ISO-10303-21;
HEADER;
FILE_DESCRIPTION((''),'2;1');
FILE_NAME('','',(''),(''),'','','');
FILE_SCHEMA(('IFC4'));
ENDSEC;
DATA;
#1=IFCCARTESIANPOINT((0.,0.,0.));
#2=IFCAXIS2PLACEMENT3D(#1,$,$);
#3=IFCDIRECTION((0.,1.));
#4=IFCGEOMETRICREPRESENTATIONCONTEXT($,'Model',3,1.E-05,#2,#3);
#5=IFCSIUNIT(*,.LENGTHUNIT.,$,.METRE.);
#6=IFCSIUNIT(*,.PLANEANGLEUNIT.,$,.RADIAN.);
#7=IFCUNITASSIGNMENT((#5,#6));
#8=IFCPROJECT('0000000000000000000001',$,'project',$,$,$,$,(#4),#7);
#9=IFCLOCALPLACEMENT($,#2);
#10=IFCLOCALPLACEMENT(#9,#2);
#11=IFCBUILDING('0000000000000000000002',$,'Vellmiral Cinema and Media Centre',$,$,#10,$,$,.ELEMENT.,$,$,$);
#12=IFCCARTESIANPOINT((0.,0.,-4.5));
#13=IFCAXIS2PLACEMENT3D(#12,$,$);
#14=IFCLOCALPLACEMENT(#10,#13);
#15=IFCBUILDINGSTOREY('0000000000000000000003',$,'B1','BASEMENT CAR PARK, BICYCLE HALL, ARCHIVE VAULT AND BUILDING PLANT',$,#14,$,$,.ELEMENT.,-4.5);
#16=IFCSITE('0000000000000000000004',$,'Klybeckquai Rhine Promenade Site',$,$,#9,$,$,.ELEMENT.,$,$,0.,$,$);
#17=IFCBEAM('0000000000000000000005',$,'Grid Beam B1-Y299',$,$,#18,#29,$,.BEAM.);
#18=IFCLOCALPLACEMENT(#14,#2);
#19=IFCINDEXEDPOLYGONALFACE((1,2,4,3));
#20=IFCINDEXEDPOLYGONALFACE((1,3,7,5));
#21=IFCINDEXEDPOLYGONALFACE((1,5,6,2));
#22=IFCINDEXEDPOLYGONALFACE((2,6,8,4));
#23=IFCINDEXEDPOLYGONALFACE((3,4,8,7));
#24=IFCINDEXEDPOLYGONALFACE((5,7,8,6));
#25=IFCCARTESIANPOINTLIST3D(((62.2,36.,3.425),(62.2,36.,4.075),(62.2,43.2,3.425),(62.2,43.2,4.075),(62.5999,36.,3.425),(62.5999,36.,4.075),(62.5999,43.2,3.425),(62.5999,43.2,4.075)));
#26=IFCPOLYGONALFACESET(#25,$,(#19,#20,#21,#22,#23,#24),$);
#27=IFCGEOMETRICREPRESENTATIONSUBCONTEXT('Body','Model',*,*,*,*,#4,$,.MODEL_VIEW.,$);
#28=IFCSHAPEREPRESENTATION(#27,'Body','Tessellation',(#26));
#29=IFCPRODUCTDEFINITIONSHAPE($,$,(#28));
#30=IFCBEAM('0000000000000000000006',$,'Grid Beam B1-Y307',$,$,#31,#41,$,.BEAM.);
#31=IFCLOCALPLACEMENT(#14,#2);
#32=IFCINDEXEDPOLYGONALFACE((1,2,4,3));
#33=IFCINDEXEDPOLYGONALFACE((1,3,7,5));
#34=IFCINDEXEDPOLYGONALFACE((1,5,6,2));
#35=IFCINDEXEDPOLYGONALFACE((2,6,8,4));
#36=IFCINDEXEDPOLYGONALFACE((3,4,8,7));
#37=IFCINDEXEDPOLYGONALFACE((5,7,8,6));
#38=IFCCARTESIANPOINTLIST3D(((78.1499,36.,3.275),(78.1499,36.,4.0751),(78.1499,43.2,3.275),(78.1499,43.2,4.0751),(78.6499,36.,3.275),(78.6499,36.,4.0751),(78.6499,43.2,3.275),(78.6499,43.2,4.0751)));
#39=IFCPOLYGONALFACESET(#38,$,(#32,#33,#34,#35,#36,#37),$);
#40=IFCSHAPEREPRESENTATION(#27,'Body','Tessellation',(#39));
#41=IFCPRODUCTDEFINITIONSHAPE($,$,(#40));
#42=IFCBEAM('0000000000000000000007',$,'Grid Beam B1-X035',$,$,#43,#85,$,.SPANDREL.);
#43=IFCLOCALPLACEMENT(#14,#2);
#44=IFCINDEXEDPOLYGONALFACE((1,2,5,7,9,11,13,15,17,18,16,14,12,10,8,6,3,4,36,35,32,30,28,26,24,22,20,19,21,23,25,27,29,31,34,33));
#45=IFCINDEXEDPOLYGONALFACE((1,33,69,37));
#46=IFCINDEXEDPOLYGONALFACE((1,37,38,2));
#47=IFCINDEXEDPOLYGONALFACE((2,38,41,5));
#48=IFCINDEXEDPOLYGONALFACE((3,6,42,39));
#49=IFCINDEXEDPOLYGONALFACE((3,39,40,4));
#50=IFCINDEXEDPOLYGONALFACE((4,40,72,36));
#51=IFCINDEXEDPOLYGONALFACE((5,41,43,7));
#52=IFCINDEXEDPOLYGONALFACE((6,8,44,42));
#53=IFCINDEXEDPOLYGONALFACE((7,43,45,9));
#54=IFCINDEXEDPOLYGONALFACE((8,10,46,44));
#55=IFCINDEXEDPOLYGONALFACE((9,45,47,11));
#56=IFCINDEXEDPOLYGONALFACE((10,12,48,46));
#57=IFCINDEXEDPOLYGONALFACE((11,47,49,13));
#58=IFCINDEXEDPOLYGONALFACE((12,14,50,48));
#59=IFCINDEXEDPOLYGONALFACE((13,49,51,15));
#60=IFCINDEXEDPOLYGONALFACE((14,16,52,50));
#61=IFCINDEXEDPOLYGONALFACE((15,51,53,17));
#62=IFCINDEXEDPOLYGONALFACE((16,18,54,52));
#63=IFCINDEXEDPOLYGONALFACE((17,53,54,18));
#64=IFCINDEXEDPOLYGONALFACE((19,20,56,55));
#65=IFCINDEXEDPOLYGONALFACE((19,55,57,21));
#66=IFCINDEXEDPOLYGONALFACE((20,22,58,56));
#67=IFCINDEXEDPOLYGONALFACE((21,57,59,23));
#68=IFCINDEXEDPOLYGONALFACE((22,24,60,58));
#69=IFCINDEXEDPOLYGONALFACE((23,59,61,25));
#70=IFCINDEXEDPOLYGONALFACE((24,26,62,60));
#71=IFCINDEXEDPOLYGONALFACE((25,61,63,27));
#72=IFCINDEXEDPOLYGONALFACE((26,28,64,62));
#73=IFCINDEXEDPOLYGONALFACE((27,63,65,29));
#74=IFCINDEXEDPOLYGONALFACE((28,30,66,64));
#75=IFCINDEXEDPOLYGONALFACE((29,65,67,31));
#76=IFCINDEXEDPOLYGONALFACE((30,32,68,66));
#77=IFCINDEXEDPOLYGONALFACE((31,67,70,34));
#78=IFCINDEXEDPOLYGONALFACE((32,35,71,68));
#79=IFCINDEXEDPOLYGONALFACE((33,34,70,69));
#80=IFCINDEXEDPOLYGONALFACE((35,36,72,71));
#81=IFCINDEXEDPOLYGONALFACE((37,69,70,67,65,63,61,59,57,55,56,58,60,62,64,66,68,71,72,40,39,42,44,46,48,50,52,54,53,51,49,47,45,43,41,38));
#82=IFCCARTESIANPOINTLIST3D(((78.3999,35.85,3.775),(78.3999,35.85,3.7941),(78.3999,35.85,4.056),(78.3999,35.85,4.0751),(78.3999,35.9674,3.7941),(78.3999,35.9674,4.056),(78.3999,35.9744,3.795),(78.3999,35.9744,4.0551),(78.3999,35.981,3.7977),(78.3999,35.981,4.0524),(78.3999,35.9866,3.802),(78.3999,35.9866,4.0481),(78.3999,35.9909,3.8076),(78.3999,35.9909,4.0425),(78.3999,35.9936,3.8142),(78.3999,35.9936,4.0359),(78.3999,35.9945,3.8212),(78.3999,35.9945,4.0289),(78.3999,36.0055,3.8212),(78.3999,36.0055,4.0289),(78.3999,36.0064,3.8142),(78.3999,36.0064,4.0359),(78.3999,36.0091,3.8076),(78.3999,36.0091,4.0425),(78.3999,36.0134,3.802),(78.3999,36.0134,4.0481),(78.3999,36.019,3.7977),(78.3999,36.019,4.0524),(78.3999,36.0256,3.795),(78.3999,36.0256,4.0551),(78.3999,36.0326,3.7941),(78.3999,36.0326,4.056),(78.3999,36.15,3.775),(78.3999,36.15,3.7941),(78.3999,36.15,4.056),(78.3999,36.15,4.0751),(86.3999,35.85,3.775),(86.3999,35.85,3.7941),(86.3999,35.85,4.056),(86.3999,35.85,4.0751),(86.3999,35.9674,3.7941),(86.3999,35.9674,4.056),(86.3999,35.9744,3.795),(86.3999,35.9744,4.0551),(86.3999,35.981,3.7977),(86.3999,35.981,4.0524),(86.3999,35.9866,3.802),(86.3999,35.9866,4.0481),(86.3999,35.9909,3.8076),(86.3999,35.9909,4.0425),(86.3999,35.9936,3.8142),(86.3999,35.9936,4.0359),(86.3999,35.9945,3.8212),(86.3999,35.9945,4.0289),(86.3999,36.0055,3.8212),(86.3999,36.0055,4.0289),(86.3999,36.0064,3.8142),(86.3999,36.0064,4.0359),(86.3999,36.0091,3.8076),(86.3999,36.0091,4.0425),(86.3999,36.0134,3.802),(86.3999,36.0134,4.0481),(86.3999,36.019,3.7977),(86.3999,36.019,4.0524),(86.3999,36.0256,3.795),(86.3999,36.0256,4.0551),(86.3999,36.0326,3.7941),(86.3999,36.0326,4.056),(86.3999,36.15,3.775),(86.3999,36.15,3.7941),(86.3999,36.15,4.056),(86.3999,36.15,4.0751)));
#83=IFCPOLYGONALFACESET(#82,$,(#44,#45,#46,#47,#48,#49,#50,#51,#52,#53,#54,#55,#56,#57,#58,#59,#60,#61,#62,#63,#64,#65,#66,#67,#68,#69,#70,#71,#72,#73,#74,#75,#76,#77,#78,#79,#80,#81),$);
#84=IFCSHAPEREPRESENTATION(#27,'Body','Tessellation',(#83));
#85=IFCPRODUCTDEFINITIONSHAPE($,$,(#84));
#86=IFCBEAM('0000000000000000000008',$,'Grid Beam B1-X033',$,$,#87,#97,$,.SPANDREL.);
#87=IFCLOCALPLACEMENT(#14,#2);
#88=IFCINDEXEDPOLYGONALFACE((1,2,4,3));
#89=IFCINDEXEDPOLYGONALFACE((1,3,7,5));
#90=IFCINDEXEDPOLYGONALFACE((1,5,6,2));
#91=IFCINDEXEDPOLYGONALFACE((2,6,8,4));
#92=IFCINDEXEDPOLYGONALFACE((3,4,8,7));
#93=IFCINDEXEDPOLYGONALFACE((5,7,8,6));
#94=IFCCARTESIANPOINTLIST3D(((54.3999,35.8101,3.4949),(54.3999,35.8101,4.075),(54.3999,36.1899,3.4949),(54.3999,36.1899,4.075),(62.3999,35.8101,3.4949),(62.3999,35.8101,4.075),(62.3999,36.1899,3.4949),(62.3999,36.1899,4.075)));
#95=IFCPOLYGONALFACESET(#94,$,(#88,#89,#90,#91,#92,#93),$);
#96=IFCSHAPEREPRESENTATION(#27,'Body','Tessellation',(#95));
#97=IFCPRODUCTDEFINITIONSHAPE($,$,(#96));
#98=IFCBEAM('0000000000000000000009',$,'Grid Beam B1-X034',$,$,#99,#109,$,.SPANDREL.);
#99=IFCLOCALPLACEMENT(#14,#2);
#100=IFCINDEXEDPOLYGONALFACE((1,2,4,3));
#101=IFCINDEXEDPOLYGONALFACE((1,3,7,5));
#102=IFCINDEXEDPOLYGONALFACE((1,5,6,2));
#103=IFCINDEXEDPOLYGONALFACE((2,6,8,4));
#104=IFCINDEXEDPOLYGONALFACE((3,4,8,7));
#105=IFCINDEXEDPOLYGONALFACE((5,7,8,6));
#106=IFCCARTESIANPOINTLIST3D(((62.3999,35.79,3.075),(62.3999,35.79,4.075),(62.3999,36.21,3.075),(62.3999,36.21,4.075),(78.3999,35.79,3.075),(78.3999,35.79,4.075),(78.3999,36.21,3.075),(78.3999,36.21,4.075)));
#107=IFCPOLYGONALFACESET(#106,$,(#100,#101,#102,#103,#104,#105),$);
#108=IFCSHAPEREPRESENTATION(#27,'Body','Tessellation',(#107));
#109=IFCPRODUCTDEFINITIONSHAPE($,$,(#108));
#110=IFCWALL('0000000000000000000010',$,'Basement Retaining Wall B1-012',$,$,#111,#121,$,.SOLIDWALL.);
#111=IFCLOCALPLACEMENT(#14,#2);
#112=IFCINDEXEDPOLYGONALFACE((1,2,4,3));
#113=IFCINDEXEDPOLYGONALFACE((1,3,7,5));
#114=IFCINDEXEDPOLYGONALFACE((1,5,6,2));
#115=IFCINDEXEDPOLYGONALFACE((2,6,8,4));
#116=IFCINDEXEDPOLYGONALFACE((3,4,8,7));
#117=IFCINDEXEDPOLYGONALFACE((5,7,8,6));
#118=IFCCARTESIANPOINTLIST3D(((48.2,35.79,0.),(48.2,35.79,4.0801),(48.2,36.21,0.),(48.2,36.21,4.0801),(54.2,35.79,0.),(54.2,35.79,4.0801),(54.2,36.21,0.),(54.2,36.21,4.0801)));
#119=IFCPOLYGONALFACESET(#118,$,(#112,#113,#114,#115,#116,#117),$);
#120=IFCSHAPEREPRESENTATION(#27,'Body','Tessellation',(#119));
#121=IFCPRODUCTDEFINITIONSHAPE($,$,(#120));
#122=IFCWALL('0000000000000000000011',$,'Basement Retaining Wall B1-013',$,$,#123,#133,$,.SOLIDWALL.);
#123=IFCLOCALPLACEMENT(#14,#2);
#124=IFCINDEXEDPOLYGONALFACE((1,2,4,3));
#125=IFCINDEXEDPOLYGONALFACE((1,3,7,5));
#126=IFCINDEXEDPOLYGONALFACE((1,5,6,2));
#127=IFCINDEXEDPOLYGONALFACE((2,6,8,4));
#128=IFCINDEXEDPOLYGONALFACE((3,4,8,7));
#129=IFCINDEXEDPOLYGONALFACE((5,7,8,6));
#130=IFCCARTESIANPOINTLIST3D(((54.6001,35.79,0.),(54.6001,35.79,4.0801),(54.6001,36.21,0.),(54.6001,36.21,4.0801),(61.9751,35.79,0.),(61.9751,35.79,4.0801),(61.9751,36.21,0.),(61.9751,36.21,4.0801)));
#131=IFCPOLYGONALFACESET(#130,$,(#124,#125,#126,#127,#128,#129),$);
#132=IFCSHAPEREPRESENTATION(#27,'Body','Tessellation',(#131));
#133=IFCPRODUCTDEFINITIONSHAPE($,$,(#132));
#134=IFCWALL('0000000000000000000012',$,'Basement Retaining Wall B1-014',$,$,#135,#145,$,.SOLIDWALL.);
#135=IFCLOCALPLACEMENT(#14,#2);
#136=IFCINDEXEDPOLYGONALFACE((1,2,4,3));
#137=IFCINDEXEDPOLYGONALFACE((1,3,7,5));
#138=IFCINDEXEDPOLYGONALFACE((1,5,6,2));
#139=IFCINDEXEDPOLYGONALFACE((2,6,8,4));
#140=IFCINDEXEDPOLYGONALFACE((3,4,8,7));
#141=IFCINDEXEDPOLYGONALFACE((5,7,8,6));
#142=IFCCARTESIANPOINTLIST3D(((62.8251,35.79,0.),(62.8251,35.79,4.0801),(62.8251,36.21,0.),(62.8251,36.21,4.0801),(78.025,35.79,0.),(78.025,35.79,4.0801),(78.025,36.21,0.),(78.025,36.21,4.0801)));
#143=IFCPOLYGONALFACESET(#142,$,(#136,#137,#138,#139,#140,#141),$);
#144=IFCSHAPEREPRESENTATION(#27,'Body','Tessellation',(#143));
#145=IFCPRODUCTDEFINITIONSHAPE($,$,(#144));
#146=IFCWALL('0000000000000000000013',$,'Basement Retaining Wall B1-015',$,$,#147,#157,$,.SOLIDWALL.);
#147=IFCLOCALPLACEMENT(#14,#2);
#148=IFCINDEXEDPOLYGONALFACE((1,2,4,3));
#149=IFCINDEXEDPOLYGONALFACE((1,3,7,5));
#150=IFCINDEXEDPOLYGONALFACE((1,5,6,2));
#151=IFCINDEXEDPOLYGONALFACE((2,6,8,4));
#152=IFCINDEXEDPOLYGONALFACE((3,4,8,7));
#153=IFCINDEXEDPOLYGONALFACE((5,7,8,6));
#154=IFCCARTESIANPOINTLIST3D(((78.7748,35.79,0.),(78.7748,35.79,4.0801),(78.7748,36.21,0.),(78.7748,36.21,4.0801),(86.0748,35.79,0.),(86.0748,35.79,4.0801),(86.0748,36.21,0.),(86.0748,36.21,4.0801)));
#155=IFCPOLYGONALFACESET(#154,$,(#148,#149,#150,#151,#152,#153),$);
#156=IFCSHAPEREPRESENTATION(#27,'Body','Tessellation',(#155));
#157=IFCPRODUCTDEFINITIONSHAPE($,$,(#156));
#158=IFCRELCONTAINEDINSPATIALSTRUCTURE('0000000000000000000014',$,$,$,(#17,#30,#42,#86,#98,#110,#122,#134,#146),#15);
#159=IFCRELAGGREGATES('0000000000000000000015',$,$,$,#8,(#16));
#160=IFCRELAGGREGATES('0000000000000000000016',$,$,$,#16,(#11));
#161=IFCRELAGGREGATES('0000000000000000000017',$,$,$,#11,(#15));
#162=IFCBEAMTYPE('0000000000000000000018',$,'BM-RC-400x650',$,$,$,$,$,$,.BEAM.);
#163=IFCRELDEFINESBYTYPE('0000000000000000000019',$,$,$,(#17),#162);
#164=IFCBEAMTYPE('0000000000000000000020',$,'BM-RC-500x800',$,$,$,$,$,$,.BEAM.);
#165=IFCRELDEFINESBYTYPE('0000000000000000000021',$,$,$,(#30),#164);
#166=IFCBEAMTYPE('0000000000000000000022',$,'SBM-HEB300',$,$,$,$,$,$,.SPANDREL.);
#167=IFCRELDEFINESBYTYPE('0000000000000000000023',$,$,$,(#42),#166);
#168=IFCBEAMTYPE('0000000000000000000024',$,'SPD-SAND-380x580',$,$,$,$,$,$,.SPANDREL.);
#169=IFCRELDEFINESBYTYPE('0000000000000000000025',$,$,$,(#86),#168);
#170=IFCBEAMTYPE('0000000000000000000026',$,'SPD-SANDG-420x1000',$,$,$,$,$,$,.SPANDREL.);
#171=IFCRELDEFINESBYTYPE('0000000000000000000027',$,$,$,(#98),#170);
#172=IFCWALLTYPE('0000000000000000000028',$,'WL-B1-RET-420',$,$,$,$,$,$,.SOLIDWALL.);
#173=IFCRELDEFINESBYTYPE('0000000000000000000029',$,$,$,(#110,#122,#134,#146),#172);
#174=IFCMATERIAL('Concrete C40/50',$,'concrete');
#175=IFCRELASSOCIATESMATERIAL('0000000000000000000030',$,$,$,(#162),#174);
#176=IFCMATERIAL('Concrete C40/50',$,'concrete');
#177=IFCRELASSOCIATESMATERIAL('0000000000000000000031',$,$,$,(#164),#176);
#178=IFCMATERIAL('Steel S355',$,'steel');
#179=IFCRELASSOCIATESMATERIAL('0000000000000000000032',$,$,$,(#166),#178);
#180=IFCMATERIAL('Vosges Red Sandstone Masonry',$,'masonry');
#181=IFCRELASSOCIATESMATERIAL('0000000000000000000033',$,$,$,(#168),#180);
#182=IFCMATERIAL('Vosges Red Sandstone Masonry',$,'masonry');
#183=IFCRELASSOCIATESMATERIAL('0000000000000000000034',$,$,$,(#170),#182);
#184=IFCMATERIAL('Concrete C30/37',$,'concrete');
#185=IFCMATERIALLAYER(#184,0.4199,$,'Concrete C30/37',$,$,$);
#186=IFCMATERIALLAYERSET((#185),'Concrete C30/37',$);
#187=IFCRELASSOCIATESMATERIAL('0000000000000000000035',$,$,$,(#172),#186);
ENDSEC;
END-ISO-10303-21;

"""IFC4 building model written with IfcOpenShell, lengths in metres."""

from ifc_helpers import new_model, si_unit, direction, frame, frame_2d, origin, origin_2d, place, context, subcontext, project, spatial, rectangle, i_section, extrude, material, layer, layer_set, material_profile, profile_set, type_object, element, save


model = new_model("IFC4")

# Units and contexts
model_context = context("Model", 3, precision=1e-05, world=origin(), true_north=direction((0.0, 1.0)))
body_context = subcontext(model_context, "Body", "Model", "MODEL_VIEW")
ifc_project = project(units=[si_unit("LENGTHUNIT", "METRE"), si_unit("PLANEANGLEUNIT", "RADIAN")], contexts=[model_context])

# Site, building, storey
site_placement = place(None, origin())
site = spatial("IfcSite", under=ifc_project, at=site_placement, Name="Klybeckquai Rhine Promenade Site", CompositionType="ELEMENT", RefElevation=0.0)
building_placement = place(site_placement, origin())
building = spatial("IfcBuilding", under=site, at=building_placement, Name="Vellmiral Cinema and Media Centre", CompositionType="ELEMENT")
storey_placement = place(building_placement, frame((0.0, 0.0, -4.5)))
storey = spatial("IfcBuildingStorey", under=building, at=storey_placement, Name="B1", Description="BASEMENT CAR PARK, BICYCLE HALL, ARCHIVE VAULT AND BUILDING PLANT", CompositionType="ELEMENT", Elevation=-4.5)

# Beams
ifc_material_1 = material(Name="Concrete C40/50", Category="concrete")
ifc_material_profile_1 = material_profile(ifc_material_1, rectangle(XDim=0.3999, YDim=0.6499, at=origin_2d()), Name="RC 400x650")
ifc_profile_set_1 = profile_set([ifc_material_profile_1], Name="Concrete C40/50")
beam_type_1 = type_object("IfcBeamType", Name="BM-RC-400x650", PredefinedType="BEAM", material=ifc_profile_set_1)
beam_1_placement = place(storey_placement, frame((62.3999, 36.0, 3.75), z_axis=(0.0, 1.0, 0.0), x_axis=(-1.0, 0.0, 0.0)))
element("IfcBeam", 1, at=beam_1_placement, inside=storey, type_object=beam_type_1, Name="Grid Beam B1-Y299", PredefinedType="BEAM", context=body_context, shape_type="SweptSolid", body=[
    extrude(rectangle(XDim=0.3999, YDim=0.6499, at=origin_2d()), origin(), (0.0, 0.0, 1.0), 7.2),
])
ifc_material_2 = material(Name="Concrete C40/50", Category="concrete")
ifc_material_profile_2 = material_profile(ifc_material_2, rectangle(XDim=0.5, YDim=0.8, at=origin_2d()), Name="RC 500x800")
ifc_profile_set_2 = profile_set([ifc_material_profile_2], Name="Concrete C40/50")
beam_type_2 = type_object("IfcBeamType", Name="BM-RC-500x800", PredefinedType="BEAM", material=ifc_profile_set_2)
beam_2_placement = place(storey_placement, frame((78.3999, 36.0, 3.675), z_axis=(0.0, 1.0, 0.0), x_axis=(-1.0, 0.0, 0.0)))
element("IfcBeam", 2, at=beam_2_placement, inside=storey, type_object=beam_type_2, Name="Grid Beam B1-Y307", PredefinedType="BEAM", context=body_context, shape_type="SweptSolid", body=[
    extrude(rectangle(XDim=0.5, YDim=0.8, at=origin_2d()), origin(), (0.0, 0.0, 1.0), 7.2),
])
ifc_material_3 = material(Name="Steel S355", Category="steel")
ifc_material_profile_3 = material_profile(ifc_material_3, i_section(OverallWidth=0.3, OverallDepth=0.3, WebThickness=0.011, FlangeThickness=0.019, FilletRadius=0.0271, at=origin_2d()), Name="HEB 300")
ifc_profile_set_3 = profile_set([ifc_material_profile_3], Name="Steel S355")
beam_type_3 = type_object("IfcBeamType", Name="SBM-HEB300", PredefinedType="SPANDREL", material=ifc_profile_set_3)
beam_3_placement = place(storey_placement, frame((78.3999, 36.0, 3.925), z_axis=(1.0, 0.0, 0.0), x_axis=(0.0, 1.0, 0.0)))
element("IfcBeam", 3, at=beam_3_placement, inside=storey, type_object=beam_type_3, Name="Grid Beam B1-X035", PredefinedType="SPANDREL", context=body_context, shape_type="SweptSolid", body=[
    extrude(i_section(OverallWidth=0.3, OverallDepth=0.3, WebThickness=0.011, FlangeThickness=0.019, FilletRadius=0.0271, at=origin_2d()), origin(), (0.0, 0.0, 1.0), 8.0),
])
ifc_material_4 = material(Name="Vosges Red Sandstone Masonry", Category="masonry")
ifc_material_profile_4 = material_profile(ifc_material_4, rectangle(XDim=0.3799, YDim=0.5801, at=origin_2d()), Name="SAND 380x580")
ifc_profile_set_4 = profile_set([ifc_material_profile_4], Name="Vosges Red Sandstone Masonry")
beam_type_4 = type_object("IfcBeamType", Name="SPD-SAND-380x580", PredefinedType="SPANDREL", material=ifc_profile_set_4)
beam_4_placement = place(storey_placement, frame((54.3999, 36.0, 3.7849), z_axis=(1.0, 0.0, 0.0), x_axis=(0.0, 1.0, 0.0)))
element("IfcBeam", 4, at=beam_4_placement, inside=storey, type_object=beam_type_4, Name="Grid Beam B1-X033", PredefinedType="SPANDREL", context=body_context, shape_type="SweptSolid", body=[
    extrude(rectangle(XDim=0.3799, YDim=0.5801, at=origin_2d()), origin(), (0.0, 0.0, 1.0), 8.0),
])
ifc_material_5 = material(Name="Vosges Red Sandstone Masonry", Category="masonry")
ifc_material_profile_5 = material_profile(ifc_material_5, rectangle(XDim=0.4199, YDim=1.0, at=origin_2d()), Name="SAND 420x1000")
ifc_profile_set_5 = profile_set([ifc_material_profile_5], Name="Vosges Red Sandstone Masonry")
beam_type_5 = type_object("IfcBeamType", Name="SPD-SANDG-420x1000", PredefinedType="SPANDREL", material=ifc_profile_set_5)
beam_5_placement = place(storey_placement, frame((62.3999, 36.0, 3.575), z_axis=(1.0, 0.0, 0.0), x_axis=(0.0, 1.0, 0.0)))
element("IfcBeam", 5, at=beam_5_placement, inside=storey, type_object=beam_type_5, Name="Grid Beam B1-X034", PredefinedType="SPANDREL", context=body_context, shape_type="SweptSolid", body=[
    extrude(rectangle(XDim=0.4199, YDim=1.0, at=origin_2d()), origin(), (0.0, 0.0, 1.0), 16.0),
])

# Walls
ifc_material_6 = material(Name="Concrete C30/37", Category="concrete")
ifc_layer = layer(ifc_material_6, 0.4199, Name="Concrete C30/37")
ifc_layer_set = layer_set([ifc_layer], Name="Concrete C30/37")
wall_type = type_object("IfcWallType", Name="WL-B1-RET-420", PredefinedType="SOLIDWALL", material=ifc_layer_set)
wall_1_placement = place(storey_placement, frame((48.2, 36.0, 0.0), z_axis=(0.0, 0.0, 1.0), x_axis=(1.0, 0.0, 0.0)))
element("IfcWall", 6, at=wall_1_placement, inside=storey, type_object=wall_type, Name="Basement Retaining Wall B1-012", PredefinedType="SOLIDWALL", context=body_context, shape_type="SweptSolid", body=[
    extrude(rectangle(XDim=6.0, YDim=0.4199, at=frame_2d((3.0, 0.0))), origin(), (0.0, 0.0, 1.0), 4.0801),
])
wall_2_placement = place(storey_placement, frame((54.6001, 36.0, 0.0), z_axis=(0.0, 0.0, 1.0), x_axis=(1.0, 0.0, 0.0)))
element("IfcWall", 7, at=wall_2_placement, inside=storey, type_object=wall_type, Name="Basement Retaining Wall B1-013", PredefinedType="SOLIDWALL", context=body_context, shape_type="SweptSolid", body=[
    extrude(rectangle(XDim=7.375, YDim=0.4199, at=frame_2d((3.6875, 0.0))), origin(), (0.0, 0.0, 1.0), 4.0801),
])
wall_3_placement = place(storey_placement, frame((62.825, 36.0, 0.0), z_axis=(0.0, 0.0, 1.0), x_axis=(1.0, 0.0, 0.0)))
element("IfcWall", 8, at=wall_3_placement, inside=storey, type_object=wall_type, Name="Basement Retaining Wall B1-014", PredefinedType="SOLIDWALL", context=body_context, shape_type="SweptSolid", body=[
    extrude(rectangle(XDim=15.2, YDim=0.4199, at=frame_2d((7.6001, 0.0))), origin(), (0.0, 0.0, 1.0), 4.0801),
])
wall_4_placement = place(storey_placement, frame((78.7749, 36.0, 0.0), z_axis=(0.0, 0.0, 1.0), x_axis=(1.0, 0.0, 0.0)))
element("IfcWall", 9, at=wall_4_placement, inside=storey, type_object=wall_type, Name="Basement Retaining Wall B1-015", PredefinedType="SOLIDWALL", context=body_context, shape_type="SweptSolid", body=[
    extrude(rectangle(XDim=7.3, YDim=0.4199, at=frame_2d((3.6499, 0.0))), origin(), (0.0, 0.0, 1.0), 4.0801),
])

save(model, "model.ifc")
